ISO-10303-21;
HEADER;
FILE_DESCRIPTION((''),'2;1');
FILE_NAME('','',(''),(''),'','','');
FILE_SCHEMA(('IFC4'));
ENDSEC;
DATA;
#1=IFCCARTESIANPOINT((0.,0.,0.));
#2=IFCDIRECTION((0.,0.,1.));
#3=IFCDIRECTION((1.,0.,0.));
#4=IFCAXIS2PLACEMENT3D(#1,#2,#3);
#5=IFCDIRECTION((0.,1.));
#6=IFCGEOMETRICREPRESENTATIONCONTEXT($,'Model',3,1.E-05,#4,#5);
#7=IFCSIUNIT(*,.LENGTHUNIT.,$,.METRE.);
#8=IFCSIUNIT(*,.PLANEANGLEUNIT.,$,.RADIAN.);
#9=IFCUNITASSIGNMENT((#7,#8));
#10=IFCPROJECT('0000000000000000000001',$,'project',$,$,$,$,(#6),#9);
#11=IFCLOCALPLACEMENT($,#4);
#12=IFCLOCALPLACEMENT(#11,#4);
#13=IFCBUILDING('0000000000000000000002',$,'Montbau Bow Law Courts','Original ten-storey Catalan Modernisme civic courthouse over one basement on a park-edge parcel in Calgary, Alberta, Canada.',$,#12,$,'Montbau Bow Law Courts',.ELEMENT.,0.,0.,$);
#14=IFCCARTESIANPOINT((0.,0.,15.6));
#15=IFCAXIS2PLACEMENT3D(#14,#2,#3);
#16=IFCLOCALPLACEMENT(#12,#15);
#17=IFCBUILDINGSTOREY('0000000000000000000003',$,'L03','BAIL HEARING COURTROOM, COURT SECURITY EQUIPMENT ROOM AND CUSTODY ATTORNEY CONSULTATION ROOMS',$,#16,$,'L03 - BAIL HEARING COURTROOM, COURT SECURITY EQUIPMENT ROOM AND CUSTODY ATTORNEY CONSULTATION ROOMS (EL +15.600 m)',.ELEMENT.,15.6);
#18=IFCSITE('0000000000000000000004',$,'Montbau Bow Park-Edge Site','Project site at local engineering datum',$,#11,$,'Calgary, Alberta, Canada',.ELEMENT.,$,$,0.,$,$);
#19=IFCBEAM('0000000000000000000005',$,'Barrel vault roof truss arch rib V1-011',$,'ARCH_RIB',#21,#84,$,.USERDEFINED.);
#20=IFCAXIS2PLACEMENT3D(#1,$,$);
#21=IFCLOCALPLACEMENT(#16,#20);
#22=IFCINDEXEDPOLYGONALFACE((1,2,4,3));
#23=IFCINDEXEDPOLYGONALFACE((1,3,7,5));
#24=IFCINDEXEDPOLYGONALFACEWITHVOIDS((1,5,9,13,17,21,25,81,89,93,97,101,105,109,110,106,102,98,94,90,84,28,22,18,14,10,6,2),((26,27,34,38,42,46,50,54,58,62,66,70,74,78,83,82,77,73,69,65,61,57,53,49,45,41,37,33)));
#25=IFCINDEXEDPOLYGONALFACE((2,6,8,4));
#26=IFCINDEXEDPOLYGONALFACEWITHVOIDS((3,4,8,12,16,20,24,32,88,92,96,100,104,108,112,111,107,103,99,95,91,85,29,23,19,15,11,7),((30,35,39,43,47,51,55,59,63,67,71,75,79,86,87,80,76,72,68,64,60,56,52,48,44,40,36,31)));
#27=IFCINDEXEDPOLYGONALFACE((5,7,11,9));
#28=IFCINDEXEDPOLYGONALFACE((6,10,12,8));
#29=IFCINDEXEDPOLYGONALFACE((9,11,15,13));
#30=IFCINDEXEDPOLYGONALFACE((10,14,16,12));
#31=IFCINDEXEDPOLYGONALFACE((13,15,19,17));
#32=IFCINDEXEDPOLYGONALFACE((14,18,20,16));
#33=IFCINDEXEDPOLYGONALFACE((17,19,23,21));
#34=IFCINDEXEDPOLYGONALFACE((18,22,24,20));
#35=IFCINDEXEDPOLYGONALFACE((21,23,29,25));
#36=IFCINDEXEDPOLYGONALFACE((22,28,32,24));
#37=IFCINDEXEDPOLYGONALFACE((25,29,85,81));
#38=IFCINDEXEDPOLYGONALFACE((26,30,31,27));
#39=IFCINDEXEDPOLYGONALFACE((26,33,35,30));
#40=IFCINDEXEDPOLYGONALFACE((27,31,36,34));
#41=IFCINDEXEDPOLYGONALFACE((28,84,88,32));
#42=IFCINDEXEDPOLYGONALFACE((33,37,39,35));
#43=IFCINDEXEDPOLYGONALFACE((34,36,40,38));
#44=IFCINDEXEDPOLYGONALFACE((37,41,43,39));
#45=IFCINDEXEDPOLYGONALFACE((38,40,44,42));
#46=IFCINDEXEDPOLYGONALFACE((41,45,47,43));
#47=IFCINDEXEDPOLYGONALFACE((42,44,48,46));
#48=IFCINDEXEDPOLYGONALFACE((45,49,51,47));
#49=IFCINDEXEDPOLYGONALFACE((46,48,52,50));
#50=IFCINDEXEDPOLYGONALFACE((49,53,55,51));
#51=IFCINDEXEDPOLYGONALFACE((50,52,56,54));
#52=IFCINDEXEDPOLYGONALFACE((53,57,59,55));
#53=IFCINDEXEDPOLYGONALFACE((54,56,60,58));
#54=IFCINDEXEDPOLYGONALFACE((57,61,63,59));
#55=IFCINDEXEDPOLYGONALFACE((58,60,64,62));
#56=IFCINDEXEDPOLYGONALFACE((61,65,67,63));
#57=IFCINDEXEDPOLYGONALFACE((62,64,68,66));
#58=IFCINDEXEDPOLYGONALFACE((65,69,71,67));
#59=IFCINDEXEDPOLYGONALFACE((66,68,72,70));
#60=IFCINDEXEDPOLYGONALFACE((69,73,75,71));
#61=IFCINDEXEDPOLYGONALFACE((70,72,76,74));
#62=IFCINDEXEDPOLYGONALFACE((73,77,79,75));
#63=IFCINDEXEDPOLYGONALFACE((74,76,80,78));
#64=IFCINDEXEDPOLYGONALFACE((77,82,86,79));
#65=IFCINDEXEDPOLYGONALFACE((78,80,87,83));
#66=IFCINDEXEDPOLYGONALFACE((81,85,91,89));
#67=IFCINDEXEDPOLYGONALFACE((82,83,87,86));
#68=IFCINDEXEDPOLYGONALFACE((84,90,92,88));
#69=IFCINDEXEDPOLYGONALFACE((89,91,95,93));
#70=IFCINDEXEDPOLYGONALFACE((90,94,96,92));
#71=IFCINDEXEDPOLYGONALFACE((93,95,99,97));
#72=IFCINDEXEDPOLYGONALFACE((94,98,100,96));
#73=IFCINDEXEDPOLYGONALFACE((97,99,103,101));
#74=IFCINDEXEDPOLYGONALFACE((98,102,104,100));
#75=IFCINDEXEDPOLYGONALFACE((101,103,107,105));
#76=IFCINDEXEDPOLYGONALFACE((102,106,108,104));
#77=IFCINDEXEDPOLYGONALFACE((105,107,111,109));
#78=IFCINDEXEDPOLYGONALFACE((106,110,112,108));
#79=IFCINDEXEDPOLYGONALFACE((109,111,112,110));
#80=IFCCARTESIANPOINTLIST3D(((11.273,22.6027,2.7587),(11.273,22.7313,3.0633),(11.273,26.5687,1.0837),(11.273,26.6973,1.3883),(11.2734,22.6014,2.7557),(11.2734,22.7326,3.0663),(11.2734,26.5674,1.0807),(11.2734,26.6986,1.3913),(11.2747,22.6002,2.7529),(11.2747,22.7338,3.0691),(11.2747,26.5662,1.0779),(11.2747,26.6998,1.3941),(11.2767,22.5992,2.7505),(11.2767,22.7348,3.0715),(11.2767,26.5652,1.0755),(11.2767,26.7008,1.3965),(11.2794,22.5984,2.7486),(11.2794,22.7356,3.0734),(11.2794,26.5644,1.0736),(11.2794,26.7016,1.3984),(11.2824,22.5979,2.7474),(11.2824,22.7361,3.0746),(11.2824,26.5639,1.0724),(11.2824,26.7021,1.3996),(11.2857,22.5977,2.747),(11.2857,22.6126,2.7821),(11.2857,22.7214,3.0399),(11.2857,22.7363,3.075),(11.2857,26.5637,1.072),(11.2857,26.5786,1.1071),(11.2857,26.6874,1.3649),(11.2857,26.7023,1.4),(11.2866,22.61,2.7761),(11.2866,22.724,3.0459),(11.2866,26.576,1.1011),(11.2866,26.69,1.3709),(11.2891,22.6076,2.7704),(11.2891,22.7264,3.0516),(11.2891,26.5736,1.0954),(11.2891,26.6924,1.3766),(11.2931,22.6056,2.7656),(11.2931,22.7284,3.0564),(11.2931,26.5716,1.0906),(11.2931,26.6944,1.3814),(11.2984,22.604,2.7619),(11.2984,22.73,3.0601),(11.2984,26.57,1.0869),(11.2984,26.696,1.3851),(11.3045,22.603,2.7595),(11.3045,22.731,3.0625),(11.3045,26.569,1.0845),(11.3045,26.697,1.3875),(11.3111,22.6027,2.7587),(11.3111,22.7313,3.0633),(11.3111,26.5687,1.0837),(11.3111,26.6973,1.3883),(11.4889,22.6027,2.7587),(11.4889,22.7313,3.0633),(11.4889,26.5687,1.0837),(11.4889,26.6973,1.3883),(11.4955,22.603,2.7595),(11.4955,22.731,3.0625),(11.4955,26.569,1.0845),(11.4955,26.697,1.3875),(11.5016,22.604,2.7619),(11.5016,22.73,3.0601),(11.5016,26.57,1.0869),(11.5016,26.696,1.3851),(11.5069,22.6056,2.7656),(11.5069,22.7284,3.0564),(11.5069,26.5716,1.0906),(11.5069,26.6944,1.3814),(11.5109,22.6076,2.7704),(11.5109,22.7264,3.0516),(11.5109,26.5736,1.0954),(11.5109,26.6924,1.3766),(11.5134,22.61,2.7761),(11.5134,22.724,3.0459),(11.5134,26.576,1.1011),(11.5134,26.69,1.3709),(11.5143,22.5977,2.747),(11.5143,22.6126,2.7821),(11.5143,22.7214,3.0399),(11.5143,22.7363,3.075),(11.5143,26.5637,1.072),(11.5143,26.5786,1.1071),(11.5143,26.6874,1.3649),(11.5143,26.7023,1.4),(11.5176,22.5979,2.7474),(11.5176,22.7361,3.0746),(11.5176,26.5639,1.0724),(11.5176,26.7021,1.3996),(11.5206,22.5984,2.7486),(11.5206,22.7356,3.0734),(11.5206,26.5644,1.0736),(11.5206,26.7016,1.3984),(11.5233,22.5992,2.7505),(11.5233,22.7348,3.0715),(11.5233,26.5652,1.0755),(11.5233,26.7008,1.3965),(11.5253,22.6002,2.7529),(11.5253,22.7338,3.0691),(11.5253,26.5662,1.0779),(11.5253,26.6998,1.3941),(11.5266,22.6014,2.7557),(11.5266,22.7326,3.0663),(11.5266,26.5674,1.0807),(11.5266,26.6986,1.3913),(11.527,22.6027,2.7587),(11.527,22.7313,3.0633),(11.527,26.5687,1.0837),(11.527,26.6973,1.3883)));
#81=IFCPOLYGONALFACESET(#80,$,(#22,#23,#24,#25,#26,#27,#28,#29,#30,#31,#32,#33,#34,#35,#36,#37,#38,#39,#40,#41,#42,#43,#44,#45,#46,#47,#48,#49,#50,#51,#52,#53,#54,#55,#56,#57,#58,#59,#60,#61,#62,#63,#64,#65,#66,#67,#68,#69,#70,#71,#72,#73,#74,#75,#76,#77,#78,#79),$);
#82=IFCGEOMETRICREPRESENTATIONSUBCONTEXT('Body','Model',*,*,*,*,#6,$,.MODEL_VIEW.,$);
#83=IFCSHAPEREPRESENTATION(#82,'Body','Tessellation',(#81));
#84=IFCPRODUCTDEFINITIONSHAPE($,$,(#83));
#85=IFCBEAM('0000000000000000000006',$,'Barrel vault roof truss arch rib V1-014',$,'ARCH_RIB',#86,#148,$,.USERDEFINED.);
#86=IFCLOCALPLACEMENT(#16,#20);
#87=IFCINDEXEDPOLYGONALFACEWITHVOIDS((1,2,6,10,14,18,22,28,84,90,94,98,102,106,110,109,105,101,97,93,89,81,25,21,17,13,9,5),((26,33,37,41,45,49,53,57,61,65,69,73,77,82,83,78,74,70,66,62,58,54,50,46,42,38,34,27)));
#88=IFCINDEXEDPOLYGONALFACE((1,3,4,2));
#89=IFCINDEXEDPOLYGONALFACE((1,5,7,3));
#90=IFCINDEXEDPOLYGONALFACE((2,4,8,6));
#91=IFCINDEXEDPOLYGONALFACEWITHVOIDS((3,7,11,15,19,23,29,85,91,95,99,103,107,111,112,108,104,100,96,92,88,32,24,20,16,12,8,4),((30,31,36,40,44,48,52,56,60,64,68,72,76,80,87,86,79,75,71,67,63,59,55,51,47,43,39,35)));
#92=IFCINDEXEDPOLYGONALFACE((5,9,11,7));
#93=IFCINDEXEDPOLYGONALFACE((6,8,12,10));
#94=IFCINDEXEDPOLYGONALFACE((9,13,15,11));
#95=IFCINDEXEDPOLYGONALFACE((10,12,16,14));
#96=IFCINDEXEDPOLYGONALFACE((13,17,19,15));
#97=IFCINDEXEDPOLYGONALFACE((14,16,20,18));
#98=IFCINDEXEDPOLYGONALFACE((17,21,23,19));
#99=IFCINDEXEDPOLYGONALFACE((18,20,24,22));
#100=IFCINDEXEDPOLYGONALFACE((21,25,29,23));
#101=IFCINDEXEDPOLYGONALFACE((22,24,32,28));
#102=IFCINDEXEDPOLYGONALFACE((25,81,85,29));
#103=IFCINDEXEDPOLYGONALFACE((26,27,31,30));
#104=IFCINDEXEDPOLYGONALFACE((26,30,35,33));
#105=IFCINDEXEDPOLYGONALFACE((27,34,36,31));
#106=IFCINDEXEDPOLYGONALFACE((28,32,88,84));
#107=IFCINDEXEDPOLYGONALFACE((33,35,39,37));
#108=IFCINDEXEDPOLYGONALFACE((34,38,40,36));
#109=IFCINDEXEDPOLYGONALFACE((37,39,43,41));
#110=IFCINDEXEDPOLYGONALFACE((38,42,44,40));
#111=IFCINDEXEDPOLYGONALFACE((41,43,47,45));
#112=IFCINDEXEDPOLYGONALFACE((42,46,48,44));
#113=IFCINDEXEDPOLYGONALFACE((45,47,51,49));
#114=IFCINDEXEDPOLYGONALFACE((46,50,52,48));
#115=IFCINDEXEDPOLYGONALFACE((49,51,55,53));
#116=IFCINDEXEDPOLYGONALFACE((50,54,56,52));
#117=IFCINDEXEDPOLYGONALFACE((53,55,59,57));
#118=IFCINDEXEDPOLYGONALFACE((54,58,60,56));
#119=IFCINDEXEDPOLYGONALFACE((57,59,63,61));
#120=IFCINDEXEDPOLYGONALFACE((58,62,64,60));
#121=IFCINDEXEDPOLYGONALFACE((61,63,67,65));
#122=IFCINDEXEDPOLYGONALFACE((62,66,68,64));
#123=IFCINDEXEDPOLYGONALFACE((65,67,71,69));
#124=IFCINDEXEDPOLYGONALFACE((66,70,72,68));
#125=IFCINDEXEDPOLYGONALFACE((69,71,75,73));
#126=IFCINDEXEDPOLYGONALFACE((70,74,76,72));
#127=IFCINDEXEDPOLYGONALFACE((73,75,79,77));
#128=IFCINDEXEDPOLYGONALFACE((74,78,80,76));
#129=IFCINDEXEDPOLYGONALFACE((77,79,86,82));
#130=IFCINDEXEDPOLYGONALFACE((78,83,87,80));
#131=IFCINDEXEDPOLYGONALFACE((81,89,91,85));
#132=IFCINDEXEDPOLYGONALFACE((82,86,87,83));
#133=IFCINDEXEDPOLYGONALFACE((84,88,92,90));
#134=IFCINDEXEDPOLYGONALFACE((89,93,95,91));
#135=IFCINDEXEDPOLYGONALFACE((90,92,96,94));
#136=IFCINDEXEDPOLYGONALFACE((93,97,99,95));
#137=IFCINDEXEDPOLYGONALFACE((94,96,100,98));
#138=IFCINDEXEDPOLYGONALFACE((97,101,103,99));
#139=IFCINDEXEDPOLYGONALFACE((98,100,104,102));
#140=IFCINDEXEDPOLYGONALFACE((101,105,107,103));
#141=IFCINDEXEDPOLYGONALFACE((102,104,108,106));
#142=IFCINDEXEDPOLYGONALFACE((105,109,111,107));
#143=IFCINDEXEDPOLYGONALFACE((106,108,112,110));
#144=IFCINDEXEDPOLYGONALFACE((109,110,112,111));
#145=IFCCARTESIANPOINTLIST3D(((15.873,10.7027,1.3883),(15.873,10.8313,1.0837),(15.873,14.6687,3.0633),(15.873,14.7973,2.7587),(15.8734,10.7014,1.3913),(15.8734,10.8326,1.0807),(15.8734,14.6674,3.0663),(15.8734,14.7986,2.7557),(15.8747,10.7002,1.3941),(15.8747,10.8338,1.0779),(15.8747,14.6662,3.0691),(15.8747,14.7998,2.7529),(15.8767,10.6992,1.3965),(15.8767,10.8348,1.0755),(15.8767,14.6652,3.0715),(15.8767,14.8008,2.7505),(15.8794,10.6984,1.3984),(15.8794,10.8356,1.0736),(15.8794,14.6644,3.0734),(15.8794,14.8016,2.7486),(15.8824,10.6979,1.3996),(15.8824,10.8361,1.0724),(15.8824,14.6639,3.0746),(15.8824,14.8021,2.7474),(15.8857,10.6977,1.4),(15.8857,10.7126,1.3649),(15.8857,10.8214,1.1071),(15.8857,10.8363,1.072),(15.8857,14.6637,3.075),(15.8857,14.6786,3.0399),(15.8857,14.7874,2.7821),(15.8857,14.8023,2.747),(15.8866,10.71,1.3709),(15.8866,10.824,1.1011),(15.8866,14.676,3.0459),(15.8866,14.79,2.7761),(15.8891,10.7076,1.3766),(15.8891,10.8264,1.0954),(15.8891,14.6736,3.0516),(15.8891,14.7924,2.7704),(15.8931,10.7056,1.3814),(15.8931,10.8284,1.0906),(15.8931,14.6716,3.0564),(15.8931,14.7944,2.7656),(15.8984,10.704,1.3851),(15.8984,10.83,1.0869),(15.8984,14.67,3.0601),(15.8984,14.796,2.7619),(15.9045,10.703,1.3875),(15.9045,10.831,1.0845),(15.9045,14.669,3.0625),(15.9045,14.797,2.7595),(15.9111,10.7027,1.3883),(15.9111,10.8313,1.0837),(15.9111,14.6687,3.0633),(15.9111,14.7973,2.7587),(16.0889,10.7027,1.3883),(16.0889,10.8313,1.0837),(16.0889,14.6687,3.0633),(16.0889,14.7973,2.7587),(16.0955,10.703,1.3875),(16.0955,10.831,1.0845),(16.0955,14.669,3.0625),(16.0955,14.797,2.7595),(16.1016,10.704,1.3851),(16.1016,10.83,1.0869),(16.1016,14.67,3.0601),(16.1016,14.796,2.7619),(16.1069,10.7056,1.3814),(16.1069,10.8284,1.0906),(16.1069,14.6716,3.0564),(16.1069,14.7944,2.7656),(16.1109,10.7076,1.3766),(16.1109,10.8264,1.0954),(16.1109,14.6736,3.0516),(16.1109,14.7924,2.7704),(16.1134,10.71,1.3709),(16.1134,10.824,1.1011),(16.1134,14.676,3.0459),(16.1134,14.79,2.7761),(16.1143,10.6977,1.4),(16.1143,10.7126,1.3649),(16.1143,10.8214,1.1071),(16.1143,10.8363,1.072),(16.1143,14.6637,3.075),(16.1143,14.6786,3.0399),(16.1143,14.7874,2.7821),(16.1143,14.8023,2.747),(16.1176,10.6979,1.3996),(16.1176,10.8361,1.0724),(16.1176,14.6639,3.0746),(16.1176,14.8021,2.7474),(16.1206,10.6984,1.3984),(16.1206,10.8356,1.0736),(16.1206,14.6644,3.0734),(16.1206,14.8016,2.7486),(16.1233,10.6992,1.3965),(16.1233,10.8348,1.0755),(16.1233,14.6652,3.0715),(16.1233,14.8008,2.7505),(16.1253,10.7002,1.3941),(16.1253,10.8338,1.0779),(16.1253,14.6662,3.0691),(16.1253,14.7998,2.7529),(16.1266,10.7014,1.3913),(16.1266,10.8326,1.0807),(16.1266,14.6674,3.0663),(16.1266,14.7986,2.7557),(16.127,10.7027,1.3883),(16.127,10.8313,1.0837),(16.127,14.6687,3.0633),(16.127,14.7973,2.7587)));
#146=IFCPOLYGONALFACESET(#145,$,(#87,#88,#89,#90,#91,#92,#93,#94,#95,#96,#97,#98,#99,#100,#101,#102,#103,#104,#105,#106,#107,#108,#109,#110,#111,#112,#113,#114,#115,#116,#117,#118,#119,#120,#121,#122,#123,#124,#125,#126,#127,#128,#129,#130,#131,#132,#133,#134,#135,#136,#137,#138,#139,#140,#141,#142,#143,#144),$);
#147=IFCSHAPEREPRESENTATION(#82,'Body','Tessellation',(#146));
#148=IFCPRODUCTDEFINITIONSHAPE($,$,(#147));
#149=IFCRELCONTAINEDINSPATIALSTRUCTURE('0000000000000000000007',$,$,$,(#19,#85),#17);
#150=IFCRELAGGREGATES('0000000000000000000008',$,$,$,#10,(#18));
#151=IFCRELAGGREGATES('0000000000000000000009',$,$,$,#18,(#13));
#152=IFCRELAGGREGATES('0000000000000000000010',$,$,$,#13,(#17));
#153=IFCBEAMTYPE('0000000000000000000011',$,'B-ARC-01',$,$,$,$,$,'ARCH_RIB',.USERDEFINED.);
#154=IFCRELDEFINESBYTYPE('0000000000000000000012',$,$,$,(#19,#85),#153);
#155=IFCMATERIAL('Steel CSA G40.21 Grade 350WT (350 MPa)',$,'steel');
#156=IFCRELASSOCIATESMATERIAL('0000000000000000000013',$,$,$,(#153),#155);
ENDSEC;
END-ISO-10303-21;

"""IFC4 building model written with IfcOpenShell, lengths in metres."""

from ifc_helpers import new_model, si_unit, direction, frame, origin_with_axes, origin_2d_with_axis, place, context, subcontext, project, spatial, hollow_rectangle, extrude, material, material_profile, profile_set, type_object, element, save


model = new_model("IFC4")

# Units and contexts
model_context = context("Model", 3, precision=1e-05, world=origin_with_axes(), true_north=direction((0.0, 1.0)))
body_context = subcontext(model_context, "Body", "Model", "MODEL_VIEW")
ifc_project = project(units=[si_unit("LENGTHUNIT", "METRE"), si_unit("PLANEANGLEUNIT", "RADIAN")], contexts=[model_context])

# Site, building, storey
site_placement = place(None, origin_with_axes())
site = spatial("IfcSite", under=ifc_project, at=site_placement, Name="Montbau Bow Park-Edge Site", Description="Project site at local engineering datum", LongName="Calgary, Alberta, Canada", CompositionType="ELEMENT", RefElevation=0.0)
building_placement = place(site_placement, origin_with_axes())
building = spatial("IfcBuilding", under=site, at=building_placement, Name="Montbau Bow Law Courts", Description="Original ten-storey Catalan Modernisme civic courthouse over one basement on a park-edge parcel in Calgary, Alberta, Canada.", LongName="Montbau Bow Law Courts", CompositionType="ELEMENT", ElevationOfRefHeight=0.0, ElevationOfTerrain=0.0)
storey_placement = place(building_placement, frame((0.0, 0.0, 15.6), z_axis=(0.0, 0.0, 1.0), x_axis=(1.0, 0.0, 0.0)))
storey = spatial("IfcBuildingStorey", under=building, at=storey_placement, Name="L03", Description="BAIL HEARING COURTROOM, COURT SECURITY EQUIPMENT ROOM AND CUSTODY ATTORNEY CONSULTATION ROOMS", LongName="L03 - BAIL HEARING COURTROOM, COURT SECURITY EQUIPMENT ROOM AND CUSTODY ATTORNEY CONSULTATION ROOMS (EL +15.600 m)", CompositionType="ELEMENT", Elevation=15.6)

# Beams
ifc_material_1 = material(Name="Steel CSA G40.21 Grade 350WT (350 MPa)", Category="steel")
ifc_material_profile_1 = material_profile(ifc_material_1, hollow_rectangle(XDim=0.254, YDim=0.356, WallThickness=0.0127, InnerFilletRadius=0.0254, OuterFilletRadius=0.0127, at=origin_2d_with_axis()), Name="HSS356X254X13", Category="Main", Priority=0)
ifc_profile_set_1 = profile_set([ifc_material_profile_1], Name="Steel CSA G40.21 Grade 350WT (350 MPa)")
beam_type = type_object("IfcBeamType", Name="B-ARC-01", ElementType="ARCH_RIB", PredefinedType="USERDEFINED", material=ifc_profile_set_1)
for number, where, z_axis, x_axis, name in (
    (1, (11.4, 22.667, 18.511), (0.0, 0.921211, -0.389064), (-1.0, 0.0, 0.0), "Barrel vault roof truss arch rib V1-011"),
    (2, (16.0, 10.767, 16.836), (0.0, 0.921211, 0.389064), (-1.0, 0.0, 0.0), "Barrel vault roof truss arch rib V1-014"),
):
    element("IfcBeam", number, at=place(None, frame(where, z_axis=z_axis, x_axis=x_axis)), inside=storey, type_object=beam_type, Name=name, ObjectType="ARCH_RIB", PredefinedType="USERDEFINED", context=body_context, shape_type="SweptSolid", body=[
        extrude(hollow_rectangle(XDim=0.254, YDim=0.356, WallThickness=0.0127, InnerFilletRadius=0.0254, OuterFilletRadius=0.0127, at=origin_2d_with_axis()), origin_with_axes(), (0.0, 0.0, 1.0), 4.3052),
    ])

save(model, "model.ifc")
